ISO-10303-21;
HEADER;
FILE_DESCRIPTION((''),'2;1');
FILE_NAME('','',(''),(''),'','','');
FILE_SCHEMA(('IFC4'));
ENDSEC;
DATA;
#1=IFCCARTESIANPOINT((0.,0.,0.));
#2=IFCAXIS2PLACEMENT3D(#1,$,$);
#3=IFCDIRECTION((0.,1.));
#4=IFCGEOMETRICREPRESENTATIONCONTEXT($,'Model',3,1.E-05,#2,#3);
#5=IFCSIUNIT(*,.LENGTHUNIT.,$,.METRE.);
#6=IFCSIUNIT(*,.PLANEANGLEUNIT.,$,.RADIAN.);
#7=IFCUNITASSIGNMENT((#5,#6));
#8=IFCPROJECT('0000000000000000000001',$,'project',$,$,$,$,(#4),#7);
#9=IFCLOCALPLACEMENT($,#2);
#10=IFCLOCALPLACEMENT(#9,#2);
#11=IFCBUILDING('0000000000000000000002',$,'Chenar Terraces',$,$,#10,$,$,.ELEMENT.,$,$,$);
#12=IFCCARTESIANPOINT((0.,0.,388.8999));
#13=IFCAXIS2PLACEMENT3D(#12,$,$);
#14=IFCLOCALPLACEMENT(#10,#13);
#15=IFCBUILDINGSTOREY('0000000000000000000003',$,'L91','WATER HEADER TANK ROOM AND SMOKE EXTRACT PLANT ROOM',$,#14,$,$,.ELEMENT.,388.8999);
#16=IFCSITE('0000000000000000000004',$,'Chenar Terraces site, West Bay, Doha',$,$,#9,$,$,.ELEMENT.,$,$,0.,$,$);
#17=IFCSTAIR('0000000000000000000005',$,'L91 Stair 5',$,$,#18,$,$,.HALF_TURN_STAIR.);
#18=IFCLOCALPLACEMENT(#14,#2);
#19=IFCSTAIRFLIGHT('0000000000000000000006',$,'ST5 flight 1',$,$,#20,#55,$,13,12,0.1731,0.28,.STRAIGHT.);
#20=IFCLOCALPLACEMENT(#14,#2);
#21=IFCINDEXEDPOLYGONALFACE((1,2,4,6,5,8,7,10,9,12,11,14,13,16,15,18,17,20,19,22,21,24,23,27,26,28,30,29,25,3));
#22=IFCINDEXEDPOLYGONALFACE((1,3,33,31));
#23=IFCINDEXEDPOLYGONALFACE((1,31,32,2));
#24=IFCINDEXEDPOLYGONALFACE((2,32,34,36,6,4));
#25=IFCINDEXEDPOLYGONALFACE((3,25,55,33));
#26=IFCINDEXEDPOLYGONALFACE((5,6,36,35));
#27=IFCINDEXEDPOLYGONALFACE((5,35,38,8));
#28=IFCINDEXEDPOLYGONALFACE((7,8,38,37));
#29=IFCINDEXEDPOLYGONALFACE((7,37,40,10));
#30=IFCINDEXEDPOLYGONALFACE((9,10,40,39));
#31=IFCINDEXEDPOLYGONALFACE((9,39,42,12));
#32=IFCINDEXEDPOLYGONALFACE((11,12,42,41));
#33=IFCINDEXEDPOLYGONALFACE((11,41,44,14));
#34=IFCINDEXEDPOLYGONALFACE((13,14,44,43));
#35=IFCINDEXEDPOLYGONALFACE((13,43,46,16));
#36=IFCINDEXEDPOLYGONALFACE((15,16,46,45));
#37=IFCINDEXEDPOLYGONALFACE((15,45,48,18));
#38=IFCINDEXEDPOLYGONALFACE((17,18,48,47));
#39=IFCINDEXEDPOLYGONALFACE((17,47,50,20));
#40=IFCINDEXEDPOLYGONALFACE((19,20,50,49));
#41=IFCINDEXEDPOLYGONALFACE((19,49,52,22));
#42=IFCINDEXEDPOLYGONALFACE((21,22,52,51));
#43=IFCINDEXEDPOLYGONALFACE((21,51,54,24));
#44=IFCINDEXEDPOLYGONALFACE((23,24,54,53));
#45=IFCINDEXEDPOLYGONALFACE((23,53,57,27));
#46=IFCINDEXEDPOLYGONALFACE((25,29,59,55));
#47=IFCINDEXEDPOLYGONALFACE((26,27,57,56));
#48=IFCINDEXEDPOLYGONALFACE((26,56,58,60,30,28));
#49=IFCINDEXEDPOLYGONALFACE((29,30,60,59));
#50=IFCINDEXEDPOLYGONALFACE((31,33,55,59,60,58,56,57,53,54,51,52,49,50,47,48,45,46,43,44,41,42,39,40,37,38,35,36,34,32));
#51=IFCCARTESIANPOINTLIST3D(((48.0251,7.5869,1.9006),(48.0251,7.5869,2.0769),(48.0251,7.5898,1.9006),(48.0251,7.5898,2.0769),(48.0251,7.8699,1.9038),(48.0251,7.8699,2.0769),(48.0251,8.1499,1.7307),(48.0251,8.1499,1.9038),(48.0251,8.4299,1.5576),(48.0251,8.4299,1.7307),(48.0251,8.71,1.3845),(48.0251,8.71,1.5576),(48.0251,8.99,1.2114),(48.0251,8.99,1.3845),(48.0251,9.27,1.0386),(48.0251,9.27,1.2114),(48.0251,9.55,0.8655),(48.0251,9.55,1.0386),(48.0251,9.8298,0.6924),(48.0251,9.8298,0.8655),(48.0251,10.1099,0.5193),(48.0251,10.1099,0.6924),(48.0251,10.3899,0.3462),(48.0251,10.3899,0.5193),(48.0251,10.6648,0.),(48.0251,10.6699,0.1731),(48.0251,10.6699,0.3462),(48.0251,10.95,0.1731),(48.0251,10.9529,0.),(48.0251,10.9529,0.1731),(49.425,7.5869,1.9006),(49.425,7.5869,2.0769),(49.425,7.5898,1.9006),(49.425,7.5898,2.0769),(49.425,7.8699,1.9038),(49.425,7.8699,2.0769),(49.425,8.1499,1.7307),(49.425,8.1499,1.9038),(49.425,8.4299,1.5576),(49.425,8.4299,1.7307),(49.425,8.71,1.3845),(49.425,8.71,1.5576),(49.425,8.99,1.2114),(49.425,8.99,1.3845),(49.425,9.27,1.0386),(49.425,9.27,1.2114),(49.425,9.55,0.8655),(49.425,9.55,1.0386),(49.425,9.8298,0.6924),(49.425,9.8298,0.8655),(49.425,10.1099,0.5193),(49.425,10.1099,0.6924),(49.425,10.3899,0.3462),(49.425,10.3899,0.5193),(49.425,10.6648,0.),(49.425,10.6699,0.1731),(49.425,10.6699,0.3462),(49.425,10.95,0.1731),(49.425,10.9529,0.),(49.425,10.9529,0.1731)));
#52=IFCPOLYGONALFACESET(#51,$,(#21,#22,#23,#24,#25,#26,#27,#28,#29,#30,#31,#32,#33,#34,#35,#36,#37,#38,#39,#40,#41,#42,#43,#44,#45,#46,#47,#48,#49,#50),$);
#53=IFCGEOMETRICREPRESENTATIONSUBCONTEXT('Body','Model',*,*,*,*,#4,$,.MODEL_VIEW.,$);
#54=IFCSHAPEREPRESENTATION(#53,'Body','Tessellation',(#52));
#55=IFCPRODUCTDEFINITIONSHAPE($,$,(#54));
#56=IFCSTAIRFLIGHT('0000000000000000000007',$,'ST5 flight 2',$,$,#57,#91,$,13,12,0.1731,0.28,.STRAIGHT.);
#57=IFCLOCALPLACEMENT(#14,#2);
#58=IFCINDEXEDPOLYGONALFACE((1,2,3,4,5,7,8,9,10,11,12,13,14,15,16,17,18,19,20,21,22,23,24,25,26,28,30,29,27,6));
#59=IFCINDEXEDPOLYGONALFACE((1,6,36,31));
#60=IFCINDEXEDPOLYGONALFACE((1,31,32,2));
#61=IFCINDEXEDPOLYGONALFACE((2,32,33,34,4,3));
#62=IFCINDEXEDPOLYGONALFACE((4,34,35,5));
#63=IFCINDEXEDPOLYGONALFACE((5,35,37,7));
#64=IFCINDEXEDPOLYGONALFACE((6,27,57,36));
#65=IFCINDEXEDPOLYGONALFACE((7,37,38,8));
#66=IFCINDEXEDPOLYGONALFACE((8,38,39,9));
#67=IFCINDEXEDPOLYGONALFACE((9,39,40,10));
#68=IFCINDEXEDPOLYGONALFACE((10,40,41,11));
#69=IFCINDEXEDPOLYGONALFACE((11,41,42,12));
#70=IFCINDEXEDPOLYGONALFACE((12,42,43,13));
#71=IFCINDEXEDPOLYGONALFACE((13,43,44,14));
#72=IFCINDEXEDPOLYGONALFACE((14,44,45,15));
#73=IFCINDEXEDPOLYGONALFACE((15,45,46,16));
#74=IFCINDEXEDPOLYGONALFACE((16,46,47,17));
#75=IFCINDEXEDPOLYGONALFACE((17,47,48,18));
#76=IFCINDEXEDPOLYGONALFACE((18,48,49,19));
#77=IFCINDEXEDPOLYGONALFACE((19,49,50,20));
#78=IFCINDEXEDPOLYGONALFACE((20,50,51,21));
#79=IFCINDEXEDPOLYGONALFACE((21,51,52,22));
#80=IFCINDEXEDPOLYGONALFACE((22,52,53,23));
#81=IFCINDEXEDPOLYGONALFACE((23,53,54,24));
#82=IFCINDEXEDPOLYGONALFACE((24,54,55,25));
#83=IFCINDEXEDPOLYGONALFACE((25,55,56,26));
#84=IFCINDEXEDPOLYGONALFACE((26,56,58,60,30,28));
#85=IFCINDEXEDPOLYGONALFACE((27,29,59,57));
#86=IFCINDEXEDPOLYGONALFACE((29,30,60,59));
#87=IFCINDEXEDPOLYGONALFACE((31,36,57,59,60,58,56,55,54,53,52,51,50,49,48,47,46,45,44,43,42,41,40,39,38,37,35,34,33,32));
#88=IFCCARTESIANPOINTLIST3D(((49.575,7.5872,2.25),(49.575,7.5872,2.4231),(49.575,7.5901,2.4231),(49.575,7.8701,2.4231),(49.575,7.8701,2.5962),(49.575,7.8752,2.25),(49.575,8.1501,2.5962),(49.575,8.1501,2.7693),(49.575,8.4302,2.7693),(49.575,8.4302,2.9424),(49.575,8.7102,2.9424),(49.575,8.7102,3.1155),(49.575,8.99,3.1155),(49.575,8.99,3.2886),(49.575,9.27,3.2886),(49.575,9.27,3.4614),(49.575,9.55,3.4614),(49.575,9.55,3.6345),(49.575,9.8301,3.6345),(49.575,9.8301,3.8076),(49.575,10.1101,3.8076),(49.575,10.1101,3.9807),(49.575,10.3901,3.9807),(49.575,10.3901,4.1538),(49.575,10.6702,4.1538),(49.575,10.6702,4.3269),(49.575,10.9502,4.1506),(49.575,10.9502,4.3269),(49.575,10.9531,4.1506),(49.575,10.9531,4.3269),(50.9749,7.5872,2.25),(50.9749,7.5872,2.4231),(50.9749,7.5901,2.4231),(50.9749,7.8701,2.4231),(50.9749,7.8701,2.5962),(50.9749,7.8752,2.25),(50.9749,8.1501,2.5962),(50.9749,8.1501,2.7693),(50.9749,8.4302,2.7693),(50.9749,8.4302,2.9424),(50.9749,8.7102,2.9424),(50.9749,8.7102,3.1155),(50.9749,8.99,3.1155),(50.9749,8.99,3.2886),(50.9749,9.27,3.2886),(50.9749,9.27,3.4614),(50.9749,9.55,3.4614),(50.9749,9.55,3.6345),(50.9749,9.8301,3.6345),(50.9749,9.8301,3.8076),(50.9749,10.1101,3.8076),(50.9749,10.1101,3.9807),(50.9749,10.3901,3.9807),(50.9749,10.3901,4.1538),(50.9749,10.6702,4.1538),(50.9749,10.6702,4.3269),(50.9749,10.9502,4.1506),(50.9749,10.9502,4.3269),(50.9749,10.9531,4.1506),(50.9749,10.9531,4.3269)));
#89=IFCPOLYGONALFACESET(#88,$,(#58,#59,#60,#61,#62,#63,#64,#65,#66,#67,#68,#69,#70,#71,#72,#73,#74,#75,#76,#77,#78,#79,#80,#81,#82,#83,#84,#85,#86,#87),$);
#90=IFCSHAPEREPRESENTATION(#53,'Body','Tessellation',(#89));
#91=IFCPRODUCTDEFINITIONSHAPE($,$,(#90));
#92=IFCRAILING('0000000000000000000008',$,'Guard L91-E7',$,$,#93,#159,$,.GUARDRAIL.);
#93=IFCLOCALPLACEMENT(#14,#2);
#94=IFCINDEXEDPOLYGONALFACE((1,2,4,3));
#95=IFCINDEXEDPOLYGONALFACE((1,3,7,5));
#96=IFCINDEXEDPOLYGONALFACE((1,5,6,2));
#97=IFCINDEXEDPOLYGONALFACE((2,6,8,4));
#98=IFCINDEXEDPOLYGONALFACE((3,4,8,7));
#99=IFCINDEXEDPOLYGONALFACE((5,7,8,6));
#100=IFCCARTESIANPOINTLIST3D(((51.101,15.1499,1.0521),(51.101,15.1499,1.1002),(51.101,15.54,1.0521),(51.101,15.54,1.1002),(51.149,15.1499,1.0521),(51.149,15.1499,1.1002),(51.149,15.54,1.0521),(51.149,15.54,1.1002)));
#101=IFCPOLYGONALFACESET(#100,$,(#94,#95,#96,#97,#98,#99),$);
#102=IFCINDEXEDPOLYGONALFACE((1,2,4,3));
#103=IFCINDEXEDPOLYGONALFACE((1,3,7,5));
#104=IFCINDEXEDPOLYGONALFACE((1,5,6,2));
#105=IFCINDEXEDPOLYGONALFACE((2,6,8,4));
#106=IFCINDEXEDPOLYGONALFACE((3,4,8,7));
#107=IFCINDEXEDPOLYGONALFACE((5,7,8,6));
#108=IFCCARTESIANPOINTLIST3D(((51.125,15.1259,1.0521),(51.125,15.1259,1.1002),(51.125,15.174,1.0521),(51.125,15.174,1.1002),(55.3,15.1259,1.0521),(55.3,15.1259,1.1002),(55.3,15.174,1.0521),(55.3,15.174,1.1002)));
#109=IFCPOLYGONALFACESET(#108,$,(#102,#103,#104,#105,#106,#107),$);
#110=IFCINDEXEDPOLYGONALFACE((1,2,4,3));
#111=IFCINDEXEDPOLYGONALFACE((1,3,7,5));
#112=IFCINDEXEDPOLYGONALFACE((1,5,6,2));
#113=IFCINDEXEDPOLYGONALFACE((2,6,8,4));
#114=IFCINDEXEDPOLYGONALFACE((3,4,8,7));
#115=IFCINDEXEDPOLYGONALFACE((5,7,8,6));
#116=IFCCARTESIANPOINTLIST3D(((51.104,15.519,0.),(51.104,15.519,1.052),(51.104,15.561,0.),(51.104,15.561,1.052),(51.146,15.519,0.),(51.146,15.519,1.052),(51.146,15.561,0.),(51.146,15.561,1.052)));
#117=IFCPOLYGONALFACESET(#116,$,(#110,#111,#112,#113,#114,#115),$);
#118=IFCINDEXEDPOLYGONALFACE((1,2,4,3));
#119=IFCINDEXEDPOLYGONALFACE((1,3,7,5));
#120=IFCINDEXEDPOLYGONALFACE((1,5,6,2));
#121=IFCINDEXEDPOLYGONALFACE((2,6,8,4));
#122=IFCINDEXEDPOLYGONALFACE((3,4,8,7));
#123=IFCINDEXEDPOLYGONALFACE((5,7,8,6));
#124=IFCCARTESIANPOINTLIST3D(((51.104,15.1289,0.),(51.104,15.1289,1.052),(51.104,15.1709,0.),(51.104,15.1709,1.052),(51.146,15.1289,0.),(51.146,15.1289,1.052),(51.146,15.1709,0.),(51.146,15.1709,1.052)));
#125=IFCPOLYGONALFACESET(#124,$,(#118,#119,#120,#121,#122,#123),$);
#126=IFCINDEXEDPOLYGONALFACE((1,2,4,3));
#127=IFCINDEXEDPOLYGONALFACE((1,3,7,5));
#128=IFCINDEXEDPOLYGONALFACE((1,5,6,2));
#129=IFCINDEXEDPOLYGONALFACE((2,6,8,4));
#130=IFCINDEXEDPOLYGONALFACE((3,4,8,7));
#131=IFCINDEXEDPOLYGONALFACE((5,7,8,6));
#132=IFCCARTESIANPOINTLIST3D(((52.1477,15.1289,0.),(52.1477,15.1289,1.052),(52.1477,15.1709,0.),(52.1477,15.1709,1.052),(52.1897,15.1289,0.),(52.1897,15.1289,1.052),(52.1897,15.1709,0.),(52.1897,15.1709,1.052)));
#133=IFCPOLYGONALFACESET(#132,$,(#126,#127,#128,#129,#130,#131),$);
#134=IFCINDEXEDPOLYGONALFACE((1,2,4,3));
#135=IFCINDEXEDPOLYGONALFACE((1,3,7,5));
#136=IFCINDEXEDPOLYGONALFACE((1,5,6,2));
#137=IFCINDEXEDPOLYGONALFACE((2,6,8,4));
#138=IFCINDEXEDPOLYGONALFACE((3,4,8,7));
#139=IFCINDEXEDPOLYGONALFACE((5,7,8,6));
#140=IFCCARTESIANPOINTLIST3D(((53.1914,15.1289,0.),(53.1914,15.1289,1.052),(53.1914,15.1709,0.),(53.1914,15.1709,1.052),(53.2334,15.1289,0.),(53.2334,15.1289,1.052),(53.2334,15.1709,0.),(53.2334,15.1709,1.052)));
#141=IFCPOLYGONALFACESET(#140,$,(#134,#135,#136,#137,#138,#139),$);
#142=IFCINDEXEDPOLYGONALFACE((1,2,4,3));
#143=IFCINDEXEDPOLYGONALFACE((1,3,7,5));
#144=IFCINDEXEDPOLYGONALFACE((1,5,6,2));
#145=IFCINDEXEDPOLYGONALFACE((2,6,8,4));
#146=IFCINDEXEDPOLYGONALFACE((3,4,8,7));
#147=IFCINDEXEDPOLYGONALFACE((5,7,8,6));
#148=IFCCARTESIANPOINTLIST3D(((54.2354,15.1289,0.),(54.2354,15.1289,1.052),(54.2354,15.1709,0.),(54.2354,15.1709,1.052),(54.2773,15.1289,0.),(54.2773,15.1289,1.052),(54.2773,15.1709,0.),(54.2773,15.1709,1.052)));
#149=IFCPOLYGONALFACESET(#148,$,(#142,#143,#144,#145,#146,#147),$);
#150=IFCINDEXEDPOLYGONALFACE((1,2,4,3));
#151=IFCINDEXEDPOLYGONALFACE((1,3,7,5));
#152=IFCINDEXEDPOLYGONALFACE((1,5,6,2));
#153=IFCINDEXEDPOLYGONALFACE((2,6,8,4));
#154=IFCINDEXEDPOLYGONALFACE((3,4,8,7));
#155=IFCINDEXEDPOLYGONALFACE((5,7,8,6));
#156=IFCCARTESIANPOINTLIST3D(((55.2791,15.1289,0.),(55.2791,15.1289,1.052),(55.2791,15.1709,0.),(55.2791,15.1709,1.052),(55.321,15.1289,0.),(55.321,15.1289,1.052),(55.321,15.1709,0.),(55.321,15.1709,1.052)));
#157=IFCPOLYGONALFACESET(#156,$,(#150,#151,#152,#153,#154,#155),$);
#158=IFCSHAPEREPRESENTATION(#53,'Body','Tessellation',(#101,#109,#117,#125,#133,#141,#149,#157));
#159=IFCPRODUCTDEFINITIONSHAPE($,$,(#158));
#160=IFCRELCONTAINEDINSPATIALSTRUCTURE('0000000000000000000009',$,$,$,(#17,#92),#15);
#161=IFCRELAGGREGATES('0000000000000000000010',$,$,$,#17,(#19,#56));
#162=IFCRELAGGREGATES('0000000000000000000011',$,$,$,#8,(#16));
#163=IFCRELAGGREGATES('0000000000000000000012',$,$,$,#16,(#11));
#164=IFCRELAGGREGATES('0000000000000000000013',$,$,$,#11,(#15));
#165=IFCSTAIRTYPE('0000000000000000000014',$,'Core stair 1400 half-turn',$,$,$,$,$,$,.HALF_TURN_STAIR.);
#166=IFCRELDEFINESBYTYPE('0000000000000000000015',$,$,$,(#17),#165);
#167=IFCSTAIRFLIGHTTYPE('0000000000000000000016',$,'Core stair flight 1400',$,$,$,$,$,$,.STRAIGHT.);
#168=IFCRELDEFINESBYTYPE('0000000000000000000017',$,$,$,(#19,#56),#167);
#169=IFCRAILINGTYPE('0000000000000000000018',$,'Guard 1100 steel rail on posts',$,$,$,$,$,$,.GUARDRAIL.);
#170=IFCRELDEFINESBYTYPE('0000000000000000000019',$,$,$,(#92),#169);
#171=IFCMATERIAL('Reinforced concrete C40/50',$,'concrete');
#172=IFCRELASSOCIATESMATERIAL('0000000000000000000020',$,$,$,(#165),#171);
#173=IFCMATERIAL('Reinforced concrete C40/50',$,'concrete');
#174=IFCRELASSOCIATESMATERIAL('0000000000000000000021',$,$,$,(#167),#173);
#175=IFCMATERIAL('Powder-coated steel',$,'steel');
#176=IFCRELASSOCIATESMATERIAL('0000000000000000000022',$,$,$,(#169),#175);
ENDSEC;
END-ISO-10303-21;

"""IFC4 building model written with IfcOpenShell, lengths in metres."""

from ifc_helpers import new_model, si_unit, direction, frame, origin, origin_2d, place, context, subcontext, project, spatial, polyline, rectangle, outline, extrude, material, type_object, element, aggregate, save


model = new_model("IFC4")

# Units and contexts
model_context = context("Model", 3, precision=1e-05, world=origin(), true_north=direction((0.0, 1.0)))
body_context = subcontext(model_context, "Body", "Model", "MODEL_VIEW")
ifc_project = project(units=[si_unit("LENGTHUNIT", "METRE"), si_unit("PLANEANGLEUNIT", "RADIAN")], contexts=[model_context])

# Site, building, storey
site_placement = place(None, origin())
site = spatial("IfcSite", under=ifc_project, at=site_placement, Name="Chenar Terraces site, West Bay, Doha", CompositionType="ELEMENT", RefElevation=0.0)
building_placement = place(site_placement, origin())
building = spatial("IfcBuilding", under=site, at=building_placement, Name="Chenar Terraces", CompositionType="ELEMENT")
storey_placement = place(building_placement, frame((0.0, 0.0, 388.8999)))
storey = spatial("IfcBuildingStorey", under=building, at=storey_placement, Name="L91", Description="WATER HEADER TANK ROOM AND SMOKE EXTRACT PLANT ROOM", CompositionType="ELEMENT", Elevation=388.8999)

# Shared definitions
ifc_material_1 = material(Name="Reinforced concrete C40/50", Category="concrete")
stair_type = type_object("IfcStairType", Name="Core stair 1400 half-turn", PredefinedType="HALF_TURN_STAIR", material=ifc_material_1)
placement = place(storey_placement, origin())
ifc_material_2 = material(Name="Reinforced concrete C40/50", Category="concrete")
stair_flight_type = type_object("IfcStairFlightType", Name="Core stair flight 1400", PredefinedType="STRAIGHT", material=ifc_material_2)

# Stair, stair flights
stair_1 = element("IfcStair", 1, at=placement, inside=storey, type_object=stair_type, Name="L91 Stair 5", PredefinedType="HALF_TURN_STAIR")
stair_flight_1_placement = place(storey_placement, frame((48.7251, 10.95, 0.0), z_axis=(0.0, 0.0, 1.0), x_axis=(0.0, -1.0, 0.0)))
stair_flight_1 = element("IfcStairFlight", 2, at=stair_flight_1_placement, type_object=stair_flight_type, Name="ST5 flight 1", NumberOfRisers=13, NumberOfTreads=12, PredefinedType="STRAIGHT", RiserHeight=0.1731, TreadLength=0.28, context=body_context, shape_type="SweptSolid", body=[
    extrude(outline(polyline([(-0.0029, 0.0), (-0.0029, 0.1731), (0.0, 0.1731), (0.28, 0.1731), (0.28, 0.3462), (0.5601, 0.3462), (0.5601, 0.5193), (0.8401, 0.5193), (0.8401, 0.6924), (1.1201, 0.6924), (1.1201, 0.8655), (1.3999, 0.8655), (1.3999, 1.0386), (1.6799, 1.0386), (1.6799, 1.2114), (1.96, 1.2114), (1.96, 1.3845), (2.24, 1.3845), (2.24, 1.5576), (2.52, 1.5576), (2.52, 1.7307), (2.8, 1.7307), (2.8, 1.9038), (3.0801, 1.9038), (3.0801, 2.0769), (3.3601, 2.0769), (3.363, 2.0769), (3.363, 1.9006), (3.3601, 1.9006), (0.2852, 0.0), (-0.0029, 0.0)])), frame((0.0, 0.7, 0.0), z_axis=(0.0, -1.0, 0.0), x_axis=(1.0, 0.0, 0.0)), (0.0, 0.0, 1.0), 1.3999),
])
stair_flight_2_placement = place(storey_placement, frame((50.2749, 7.5901, 2.25), z_axis=(0.0, 0.0, 1.0), x_axis=(0.0, 1.0, 0.0)))
stair_flight_2 = element("IfcStairFlight", 3, at=stair_flight_2_placement, type_object=stair_flight_type, Name="ST5 flight 2", NumberOfRisers=13, NumberOfTreads=12, PredefinedType="STRAIGHT", RiserHeight=0.1731, TreadLength=0.28, context=body_context, shape_type="SweptSolid", body=[
    extrude(outline(polyline([(-0.0029, 0.0), (-0.0029, 0.1731), (0.0, 0.1731), (0.28, 0.1731), (0.28, 0.3462), (0.5601, 0.3462), (0.5601, 0.5193), (0.8401, 0.5193), (0.8401, 0.6924), (1.1201, 0.6924), (1.1201, 0.8655), (1.3999, 0.8655), (1.3999, 1.0386), (1.6799, 1.0386), (1.6799, 1.2114), (1.96, 1.2114), (1.96, 1.3845), (2.24, 1.3845), (2.24, 1.5576), (2.52, 1.5576), (2.52, 1.7307), (2.8, 1.7307), (2.8, 1.9038), (3.0801, 1.9038), (3.0801, 2.0769), (3.3601, 2.0769), (3.363, 2.0769), (3.363, 1.9006), (3.3601, 1.9006), (0.2852, 0.0), (-0.0029, 0.0)])), frame((0.0, 0.7, 0.0), z_axis=(0.0, -1.0, 0.0), x_axis=(1.0, 0.0, 0.0)), (0.0, 0.0, 1.0), 1.3999),
])
aggregate(stair_1, [stair_flight_1, stair_flight_2])

# Railing
ifc_material_3 = material(Name="Powder-coated steel", Category="steel")
railing_type_1 = type_object("IfcRailingType", Name="Guard 1100 steel rail on posts", PredefinedType="GUARDRAIL", material=ifc_material_3)
railing_1_placement = place(storey_placement, frame((51.125, 15.54, 0.0)))
element("IfcRailing", 4, at=railing_1_placement, inside=storey, type_object=railing_type_1, Name="Guard L91-E7", PredefinedType="GUARDRAIL", context=body_context, shape_type="SweptSolid", body=[
    extrude(rectangle(XDim=0.0481, YDim=0.0481, at=origin_2d()), frame((0.0, 0.0, 1.0762), z_axis=(0.0, -1.0, 0.0), x_axis=(1.0, 0.0, 0.0)), (0.0, 0.0, 1.0), 0.3901),
    extrude(rectangle(XDim=0.0481, YDim=0.0481, at=origin_2d()), frame((0.0, -0.3901, 1.0762), z_axis=(1.0, 0.0, 0.0), x_axis=(0.0, 1.0, 0.0)), (0.0, 0.0, 1.0), 4.175),
    extrude(rectangle(XDim=0.042, YDim=0.042, at=origin_2d()), origin(), (0.0, 0.0, 1.0), 1.052),
    extrude(rectangle(XDim=0.042, YDim=0.042, at=origin_2d()), frame((0.0, -0.3901, 0.0)), (0.0, 0.0, 1.0), 1.052),
    extrude(rectangle(XDim=0.042, YDim=0.042, at=origin_2d()), frame((1.0437, -0.3901, 0.0)), (0.0, 0.0, 1.0), 1.052),
    extrude(rectangle(XDim=0.042, YDim=0.042, at=origin_2d()), frame((2.0874, -0.3901, 0.0)), (0.0, 0.0, 1.0), 1.052),
    extrude(rectangle(XDim=0.042, YDim=0.042, at=origin_2d()), frame((3.1313, -0.3901, 0.0)), (0.0, 0.0, 1.0), 1.052),
    extrude(rectangle(XDim=0.042, YDim=0.042, at=origin_2d()), frame((4.175, -0.3901, 0.0)), (0.0, 0.0, 1.0), 1.052),
])

save(model, "model.ifc")
